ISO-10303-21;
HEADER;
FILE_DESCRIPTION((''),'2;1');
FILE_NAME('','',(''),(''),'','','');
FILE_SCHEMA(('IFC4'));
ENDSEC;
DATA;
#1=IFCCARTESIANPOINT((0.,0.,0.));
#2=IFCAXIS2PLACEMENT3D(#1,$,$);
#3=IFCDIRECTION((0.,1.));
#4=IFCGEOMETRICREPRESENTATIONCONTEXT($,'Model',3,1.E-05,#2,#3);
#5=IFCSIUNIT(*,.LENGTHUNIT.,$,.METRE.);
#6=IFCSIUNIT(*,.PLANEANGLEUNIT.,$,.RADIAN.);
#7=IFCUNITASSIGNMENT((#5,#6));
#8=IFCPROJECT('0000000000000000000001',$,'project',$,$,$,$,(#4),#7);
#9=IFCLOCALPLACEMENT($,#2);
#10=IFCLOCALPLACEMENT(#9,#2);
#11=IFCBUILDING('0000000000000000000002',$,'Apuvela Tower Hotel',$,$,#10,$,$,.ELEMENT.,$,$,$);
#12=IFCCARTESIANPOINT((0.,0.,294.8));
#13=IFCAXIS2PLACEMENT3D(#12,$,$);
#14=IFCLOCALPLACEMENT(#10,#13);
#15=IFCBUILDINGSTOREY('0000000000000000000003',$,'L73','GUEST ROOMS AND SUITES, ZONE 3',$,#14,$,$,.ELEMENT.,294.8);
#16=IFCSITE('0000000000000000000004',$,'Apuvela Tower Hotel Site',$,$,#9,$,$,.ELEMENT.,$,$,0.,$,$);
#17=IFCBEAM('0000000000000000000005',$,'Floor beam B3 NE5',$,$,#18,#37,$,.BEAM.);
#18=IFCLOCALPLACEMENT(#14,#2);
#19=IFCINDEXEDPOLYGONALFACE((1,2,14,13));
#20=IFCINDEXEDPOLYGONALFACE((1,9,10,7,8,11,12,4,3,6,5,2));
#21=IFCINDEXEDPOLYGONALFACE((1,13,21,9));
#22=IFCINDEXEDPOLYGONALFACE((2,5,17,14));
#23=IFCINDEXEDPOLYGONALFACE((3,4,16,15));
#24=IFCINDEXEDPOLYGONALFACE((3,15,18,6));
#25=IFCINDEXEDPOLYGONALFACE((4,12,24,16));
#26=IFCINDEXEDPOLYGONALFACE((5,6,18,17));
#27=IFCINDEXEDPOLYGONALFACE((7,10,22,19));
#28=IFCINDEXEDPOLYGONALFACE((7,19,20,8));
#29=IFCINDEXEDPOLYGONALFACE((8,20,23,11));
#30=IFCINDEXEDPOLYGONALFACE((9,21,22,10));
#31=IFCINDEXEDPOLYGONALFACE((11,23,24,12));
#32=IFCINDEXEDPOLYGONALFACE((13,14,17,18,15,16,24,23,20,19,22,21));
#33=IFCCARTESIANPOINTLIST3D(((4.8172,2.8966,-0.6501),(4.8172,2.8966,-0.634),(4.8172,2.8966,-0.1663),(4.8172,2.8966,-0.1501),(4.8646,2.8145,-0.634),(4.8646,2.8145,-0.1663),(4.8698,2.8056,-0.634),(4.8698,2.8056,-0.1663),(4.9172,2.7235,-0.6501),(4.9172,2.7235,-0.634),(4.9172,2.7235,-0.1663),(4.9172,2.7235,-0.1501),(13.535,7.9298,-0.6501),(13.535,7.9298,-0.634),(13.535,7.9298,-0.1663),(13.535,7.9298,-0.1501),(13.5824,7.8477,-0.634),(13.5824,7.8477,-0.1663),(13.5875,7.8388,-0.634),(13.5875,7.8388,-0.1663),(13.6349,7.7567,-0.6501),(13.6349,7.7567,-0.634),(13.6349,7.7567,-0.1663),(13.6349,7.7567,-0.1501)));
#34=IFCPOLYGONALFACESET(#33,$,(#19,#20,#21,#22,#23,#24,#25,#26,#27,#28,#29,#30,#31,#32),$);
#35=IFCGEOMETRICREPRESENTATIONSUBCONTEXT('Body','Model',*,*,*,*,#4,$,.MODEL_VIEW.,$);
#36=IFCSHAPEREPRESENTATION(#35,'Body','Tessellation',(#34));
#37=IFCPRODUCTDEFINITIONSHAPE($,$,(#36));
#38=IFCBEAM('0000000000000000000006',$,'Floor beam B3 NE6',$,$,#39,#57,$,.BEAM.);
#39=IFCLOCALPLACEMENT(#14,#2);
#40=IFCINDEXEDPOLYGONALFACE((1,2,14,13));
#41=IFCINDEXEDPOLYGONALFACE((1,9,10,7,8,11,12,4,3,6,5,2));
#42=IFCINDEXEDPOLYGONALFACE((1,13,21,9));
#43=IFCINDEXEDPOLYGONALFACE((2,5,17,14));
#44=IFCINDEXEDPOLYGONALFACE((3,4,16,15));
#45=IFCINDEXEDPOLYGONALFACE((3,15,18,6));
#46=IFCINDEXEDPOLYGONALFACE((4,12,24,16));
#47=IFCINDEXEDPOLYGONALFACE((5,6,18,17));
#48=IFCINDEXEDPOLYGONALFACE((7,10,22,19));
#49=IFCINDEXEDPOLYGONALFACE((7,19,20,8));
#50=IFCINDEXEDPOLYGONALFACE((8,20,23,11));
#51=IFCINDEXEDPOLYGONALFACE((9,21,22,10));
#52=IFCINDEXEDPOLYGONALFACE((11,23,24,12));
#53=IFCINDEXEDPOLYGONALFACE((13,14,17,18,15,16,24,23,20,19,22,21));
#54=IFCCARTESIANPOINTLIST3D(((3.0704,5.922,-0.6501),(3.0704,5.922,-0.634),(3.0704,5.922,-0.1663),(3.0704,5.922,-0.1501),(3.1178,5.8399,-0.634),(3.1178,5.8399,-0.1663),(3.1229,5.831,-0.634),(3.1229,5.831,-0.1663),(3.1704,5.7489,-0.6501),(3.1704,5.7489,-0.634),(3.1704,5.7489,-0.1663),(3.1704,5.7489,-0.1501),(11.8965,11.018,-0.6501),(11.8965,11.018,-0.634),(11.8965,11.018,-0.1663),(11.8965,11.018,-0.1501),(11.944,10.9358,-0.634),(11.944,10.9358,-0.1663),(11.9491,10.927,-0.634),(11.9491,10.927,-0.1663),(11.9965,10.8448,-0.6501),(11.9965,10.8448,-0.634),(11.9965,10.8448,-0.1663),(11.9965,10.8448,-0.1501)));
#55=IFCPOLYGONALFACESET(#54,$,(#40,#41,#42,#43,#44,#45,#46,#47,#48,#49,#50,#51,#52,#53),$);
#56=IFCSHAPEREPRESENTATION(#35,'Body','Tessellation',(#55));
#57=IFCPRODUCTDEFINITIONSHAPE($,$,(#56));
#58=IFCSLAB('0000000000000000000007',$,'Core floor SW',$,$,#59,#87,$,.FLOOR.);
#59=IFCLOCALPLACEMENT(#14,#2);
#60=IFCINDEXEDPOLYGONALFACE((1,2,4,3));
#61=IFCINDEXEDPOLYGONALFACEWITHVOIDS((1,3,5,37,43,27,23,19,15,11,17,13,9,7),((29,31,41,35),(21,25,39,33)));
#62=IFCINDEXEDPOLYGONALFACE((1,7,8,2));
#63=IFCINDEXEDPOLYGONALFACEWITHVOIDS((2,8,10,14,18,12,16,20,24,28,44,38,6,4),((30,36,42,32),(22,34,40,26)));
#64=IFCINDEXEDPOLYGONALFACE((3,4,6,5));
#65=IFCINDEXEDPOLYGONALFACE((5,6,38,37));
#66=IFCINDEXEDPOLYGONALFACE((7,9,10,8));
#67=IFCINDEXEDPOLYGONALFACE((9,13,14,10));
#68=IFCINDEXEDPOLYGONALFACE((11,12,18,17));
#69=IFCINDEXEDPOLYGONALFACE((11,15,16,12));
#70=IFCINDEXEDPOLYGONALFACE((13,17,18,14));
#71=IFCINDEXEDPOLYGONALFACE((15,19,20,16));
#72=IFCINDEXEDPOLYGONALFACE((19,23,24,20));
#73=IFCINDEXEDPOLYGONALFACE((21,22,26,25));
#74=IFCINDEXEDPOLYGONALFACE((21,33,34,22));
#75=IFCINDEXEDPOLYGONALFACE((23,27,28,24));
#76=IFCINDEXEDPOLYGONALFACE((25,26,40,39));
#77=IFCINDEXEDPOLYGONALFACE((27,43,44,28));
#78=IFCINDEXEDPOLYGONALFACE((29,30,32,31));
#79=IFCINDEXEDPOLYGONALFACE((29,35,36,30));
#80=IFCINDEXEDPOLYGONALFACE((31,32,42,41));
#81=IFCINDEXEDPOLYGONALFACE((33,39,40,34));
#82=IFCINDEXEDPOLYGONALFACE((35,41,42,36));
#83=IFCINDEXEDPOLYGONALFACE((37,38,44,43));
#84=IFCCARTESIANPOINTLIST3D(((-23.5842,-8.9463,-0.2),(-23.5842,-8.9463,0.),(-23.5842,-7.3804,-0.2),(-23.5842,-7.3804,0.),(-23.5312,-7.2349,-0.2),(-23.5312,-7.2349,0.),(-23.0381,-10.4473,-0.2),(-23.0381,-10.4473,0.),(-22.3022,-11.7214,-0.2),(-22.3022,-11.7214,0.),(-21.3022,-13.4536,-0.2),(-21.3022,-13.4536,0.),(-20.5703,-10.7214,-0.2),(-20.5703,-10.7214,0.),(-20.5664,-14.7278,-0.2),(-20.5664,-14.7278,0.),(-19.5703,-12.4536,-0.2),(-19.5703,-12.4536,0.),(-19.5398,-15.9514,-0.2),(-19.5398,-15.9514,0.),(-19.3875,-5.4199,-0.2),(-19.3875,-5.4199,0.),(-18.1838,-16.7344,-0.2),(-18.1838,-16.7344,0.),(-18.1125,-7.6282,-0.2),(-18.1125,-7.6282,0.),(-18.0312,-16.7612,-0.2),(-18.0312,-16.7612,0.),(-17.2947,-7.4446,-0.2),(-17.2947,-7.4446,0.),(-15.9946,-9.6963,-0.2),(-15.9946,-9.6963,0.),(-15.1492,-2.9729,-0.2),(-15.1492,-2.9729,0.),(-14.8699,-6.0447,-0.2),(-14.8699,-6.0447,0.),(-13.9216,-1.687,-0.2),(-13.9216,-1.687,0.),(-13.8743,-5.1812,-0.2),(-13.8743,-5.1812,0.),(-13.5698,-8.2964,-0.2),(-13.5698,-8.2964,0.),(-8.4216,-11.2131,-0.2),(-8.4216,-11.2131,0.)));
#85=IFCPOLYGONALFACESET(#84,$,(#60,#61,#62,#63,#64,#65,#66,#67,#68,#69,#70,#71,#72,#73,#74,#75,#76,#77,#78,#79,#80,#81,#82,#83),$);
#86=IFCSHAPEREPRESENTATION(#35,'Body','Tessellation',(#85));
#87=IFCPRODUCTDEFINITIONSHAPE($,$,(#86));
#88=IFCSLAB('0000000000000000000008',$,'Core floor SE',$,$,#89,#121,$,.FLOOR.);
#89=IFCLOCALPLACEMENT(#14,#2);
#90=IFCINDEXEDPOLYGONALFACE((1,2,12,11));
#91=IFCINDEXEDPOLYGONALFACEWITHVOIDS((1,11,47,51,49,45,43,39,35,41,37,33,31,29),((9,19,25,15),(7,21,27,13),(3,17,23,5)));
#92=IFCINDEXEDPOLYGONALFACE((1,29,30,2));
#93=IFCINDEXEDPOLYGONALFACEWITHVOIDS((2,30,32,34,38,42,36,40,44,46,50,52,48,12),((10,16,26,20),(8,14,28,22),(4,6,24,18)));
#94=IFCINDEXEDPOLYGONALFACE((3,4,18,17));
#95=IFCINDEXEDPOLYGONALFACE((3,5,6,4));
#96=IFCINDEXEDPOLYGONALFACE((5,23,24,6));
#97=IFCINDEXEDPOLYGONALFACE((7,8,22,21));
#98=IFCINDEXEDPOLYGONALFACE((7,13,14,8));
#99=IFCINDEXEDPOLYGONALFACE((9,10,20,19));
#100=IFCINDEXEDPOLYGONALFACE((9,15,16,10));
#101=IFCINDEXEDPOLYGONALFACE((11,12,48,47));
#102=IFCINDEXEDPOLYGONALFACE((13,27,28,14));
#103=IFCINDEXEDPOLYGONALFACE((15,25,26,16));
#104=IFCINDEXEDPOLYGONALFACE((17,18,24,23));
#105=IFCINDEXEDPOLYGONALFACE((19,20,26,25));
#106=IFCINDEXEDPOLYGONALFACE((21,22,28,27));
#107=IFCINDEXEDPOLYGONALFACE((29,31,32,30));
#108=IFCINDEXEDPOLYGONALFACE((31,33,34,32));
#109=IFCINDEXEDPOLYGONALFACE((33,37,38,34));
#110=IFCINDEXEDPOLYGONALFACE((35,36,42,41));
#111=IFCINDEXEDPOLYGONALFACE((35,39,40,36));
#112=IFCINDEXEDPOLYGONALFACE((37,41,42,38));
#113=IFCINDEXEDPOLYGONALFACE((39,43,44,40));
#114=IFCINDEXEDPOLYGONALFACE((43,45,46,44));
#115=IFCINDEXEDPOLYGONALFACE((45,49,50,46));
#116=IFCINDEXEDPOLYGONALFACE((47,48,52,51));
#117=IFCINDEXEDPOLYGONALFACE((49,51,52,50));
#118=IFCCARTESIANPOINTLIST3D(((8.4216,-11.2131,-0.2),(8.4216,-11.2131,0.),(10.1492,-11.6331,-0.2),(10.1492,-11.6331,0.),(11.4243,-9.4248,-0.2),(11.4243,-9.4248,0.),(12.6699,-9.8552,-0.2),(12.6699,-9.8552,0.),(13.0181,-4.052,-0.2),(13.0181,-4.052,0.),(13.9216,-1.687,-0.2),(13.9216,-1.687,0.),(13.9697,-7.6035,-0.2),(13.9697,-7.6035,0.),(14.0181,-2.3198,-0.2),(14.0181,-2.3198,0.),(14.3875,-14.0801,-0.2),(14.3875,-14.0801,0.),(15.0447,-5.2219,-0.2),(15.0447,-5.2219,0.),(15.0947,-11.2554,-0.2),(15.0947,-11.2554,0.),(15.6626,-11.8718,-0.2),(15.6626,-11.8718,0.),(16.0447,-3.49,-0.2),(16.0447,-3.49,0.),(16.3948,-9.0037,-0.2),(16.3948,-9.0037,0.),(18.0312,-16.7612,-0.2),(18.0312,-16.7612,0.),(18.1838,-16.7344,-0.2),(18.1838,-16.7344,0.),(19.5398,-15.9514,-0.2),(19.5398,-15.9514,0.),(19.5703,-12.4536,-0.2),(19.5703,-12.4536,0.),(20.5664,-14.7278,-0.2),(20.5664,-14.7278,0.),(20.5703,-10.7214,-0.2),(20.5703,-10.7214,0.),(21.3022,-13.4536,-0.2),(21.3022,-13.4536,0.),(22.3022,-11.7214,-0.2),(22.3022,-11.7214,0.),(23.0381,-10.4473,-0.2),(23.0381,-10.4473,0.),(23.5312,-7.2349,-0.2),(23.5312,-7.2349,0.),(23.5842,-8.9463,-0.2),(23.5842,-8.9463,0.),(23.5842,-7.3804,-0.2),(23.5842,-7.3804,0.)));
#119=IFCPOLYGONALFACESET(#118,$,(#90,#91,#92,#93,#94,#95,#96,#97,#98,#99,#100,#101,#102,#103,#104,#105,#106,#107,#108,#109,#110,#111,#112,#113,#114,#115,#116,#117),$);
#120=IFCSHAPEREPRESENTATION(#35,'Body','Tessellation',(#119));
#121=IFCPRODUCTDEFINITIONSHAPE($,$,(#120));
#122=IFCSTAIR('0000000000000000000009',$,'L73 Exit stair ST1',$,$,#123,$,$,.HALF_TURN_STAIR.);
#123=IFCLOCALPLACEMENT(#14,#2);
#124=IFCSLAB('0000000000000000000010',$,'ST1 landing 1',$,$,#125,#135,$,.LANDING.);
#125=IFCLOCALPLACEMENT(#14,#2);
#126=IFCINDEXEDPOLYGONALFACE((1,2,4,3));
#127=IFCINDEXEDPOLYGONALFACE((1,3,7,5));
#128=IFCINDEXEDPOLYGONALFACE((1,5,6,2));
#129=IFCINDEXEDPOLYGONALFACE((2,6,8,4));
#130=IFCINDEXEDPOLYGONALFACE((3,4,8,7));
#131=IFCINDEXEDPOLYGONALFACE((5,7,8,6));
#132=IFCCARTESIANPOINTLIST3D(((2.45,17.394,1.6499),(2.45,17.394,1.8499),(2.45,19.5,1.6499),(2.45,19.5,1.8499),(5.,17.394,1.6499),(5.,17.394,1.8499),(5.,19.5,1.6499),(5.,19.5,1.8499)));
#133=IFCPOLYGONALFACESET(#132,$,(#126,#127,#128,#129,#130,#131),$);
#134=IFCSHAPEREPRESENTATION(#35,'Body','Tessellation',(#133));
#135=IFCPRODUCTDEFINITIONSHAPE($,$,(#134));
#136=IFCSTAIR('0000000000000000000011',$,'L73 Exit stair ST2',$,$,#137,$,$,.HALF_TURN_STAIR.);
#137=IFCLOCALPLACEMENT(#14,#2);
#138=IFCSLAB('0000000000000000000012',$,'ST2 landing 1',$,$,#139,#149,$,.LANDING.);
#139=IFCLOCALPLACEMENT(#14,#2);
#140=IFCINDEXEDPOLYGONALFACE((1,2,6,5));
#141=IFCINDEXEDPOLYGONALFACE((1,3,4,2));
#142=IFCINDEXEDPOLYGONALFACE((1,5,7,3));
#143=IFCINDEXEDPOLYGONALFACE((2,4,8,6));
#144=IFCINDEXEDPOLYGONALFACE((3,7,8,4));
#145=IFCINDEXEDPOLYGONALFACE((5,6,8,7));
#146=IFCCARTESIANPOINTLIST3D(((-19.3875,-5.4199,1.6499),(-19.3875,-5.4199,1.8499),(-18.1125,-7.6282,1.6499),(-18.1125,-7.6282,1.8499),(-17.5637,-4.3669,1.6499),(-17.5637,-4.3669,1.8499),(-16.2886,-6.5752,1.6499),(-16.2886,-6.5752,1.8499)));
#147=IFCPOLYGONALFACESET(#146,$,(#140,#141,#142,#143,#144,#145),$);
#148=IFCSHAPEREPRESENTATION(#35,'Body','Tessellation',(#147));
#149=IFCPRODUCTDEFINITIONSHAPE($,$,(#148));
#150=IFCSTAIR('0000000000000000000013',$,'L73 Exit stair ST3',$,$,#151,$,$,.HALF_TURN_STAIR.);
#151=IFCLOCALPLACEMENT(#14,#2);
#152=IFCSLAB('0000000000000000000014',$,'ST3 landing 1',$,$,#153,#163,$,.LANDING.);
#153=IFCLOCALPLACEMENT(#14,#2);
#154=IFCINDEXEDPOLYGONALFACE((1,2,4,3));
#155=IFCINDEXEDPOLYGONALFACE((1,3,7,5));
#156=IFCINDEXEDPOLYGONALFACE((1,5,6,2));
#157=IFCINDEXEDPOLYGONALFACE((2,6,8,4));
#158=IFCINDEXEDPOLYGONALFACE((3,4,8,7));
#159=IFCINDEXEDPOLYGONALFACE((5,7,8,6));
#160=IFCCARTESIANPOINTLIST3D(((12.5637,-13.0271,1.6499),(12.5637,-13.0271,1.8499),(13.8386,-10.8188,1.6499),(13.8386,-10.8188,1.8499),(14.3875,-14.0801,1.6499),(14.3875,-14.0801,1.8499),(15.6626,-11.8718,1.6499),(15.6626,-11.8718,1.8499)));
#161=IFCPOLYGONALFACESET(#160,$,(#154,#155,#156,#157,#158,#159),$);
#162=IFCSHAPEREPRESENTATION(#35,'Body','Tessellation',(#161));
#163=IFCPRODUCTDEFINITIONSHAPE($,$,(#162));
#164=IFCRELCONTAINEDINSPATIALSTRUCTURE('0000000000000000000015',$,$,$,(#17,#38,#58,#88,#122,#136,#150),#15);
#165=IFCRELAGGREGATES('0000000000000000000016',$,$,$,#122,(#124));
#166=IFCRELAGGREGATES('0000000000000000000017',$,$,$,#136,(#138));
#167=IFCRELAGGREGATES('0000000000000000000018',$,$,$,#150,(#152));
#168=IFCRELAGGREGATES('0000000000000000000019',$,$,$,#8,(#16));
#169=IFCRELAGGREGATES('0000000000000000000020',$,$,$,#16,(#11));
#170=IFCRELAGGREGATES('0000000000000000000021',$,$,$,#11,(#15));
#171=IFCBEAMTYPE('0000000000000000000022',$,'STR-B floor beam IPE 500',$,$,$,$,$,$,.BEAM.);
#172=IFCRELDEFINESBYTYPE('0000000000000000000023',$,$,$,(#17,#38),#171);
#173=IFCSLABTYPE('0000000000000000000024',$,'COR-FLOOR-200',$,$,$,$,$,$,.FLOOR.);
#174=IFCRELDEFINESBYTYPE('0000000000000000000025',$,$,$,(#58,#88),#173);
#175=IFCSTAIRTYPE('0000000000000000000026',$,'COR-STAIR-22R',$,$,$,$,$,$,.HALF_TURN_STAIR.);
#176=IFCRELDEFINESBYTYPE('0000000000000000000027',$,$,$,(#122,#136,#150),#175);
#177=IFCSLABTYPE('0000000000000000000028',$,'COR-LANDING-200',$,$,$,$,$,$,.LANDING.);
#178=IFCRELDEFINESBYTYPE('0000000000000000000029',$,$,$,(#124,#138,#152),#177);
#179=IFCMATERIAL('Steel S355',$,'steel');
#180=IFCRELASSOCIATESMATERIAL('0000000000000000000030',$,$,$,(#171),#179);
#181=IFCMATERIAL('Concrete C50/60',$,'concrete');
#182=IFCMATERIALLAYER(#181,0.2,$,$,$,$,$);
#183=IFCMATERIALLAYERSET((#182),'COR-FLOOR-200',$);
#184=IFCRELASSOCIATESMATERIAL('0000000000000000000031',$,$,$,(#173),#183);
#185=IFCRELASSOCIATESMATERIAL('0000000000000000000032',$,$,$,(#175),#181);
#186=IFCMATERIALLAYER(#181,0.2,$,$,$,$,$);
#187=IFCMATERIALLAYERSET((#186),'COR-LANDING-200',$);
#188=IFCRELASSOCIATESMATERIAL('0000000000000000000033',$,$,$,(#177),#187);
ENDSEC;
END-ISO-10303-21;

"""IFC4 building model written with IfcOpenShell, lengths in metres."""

from ifc_helpers import new_model, si_unit, direction, frame, origin, origin_2d, place, context, subcontext, project, spatial, polyline, i_section, outline, extrude, material, layer, layer_set, material_profile, profile_set, type_object, element, aggregate, save


model = new_model("IFC4")

# Units and contexts
model_context = context("Model", 3, precision=1e-05, world=origin(), true_north=direction((0.0, 1.0)))
body_context = subcontext(model_context, "Body", "Model", "MODEL_VIEW")
ifc_project = project(units=[si_unit("LENGTHUNIT", "METRE"), si_unit("PLANEANGLEUNIT", "RADIAN")], contexts=[model_context])

# Site, building, storey
site_placement = place(None, origin())
site = spatial("IfcSite", under=ifc_project, at=site_placement, Name="Apuvela Tower Hotel Site", CompositionType="ELEMENT", RefElevation=0.0)
building_placement = place(site_placement, origin())
building = spatial("IfcBuilding", under=site, at=building_placement, Name="Apuvela Tower Hotel", CompositionType="ELEMENT")
storey_placement = place(building_placement, frame((0.0, 0.0, 294.8)))
storey = spatial("IfcBuildingStorey", under=building, at=storey_placement, Name="L73", Description="GUEST ROOMS AND SUITES, ZONE 3", CompositionType="ELEMENT", Elevation=294.8)

# Beams
ifc_material_1 = material(Name="Steel S355", Category="steel")
ifc_material_profile = material_profile(ifc_material_1, i_section(OverallWidth=0.2, OverallDepth=0.5, WebThickness=0.0103, FlangeThickness=0.0161, at=origin_2d()), Name="IPE 500")
ifc_profile_set = profile_set([ifc_material_profile], Name="Steel S355")
beam_type = type_object("IfcBeamType", Name="STR-B floor beam IPE 500", PredefinedType="BEAM", material=ifc_profile_set)
beam_1_placement = place(storey_placement, frame((13.585, 7.8433, -0.4001), z_axis=(-0.866026, -0.5, 0.0), x_axis=(0.5, -0.866026, 0.0)))
element("IfcBeam", 1, at=beam_1_placement, inside=storey, type_object=beam_type, Name="Floor beam B3 NE5", PredefinedType="BEAM", context=body_context, shape_type="SweptSolid", body=[
    extrude(i_section(OverallWidth=0.2, OverallDepth=0.5, WebThickness=0.0103, FlangeThickness=0.0161, at=origin_2d()), origin(), (0.0, 0.0, 1.0), 10.0664),
])
beam_2_placement = place(storey_placement, frame((11.9465, 10.9314, -0.4001), z_axis=(-0.866019, -0.500011, 0.0), x_axis=(0.500011, -0.866019, 0.0)))
element("IfcBeam", 2, at=beam_2_placement, inside=storey, type_object=beam_type, Name="Floor beam B3 NE6", PredefinedType="BEAM", context=body_context, shape_type="SweptSolid", body=[
    extrude(i_section(OverallWidth=0.2, OverallDepth=0.5, WebThickness=0.0103, FlangeThickness=0.0161, at=origin_2d()), origin(), (0.0, 0.0, 1.0), 10.1917),
])

# Slabs
ifc_material_2 = material(Name="Concrete C50/60", Category="concrete")
ifc_layer_1 = layer(ifc_material_2, 0.2)
ifc_layer_set_1 = layer_set([ifc_layer_1], Name="COR-FLOOR-200")
slab_type_1 = type_object("IfcSlabType", Name="COR-FLOOR-200", PredefinedType="FLOOR", material=ifc_layer_set_1)
slab_1_placement = place(storey_placement, frame((0.0, 0.0, -0.2)))
element("IfcSlab", 3, at=slab_1_placement, inside=storey, type_object=slab_type_1, Name="Core floor SW", PredefinedType="FLOOR", context=body_context, shape_type="SweptSolid", body=[
    extrude(outline(polyline([(-23.5312, -7.2349), (-23.5842, -7.3804), (-23.5842, -8.9463), (-23.0381, -10.4473), (-22.3022, -11.7214), (-20.5703, -10.7214), (-19.5703, -12.4536), (-21.3022, -13.4536), (-20.5664, -14.7278), (-19.5398, -15.9514), (-18.1838, -16.7344), (-18.0312, -16.7612), (-8.4216, -11.2131), (-13.9216, -1.687), (-23.5312, -7.2349)]), holes=[polyline([(-13.8743, -5.1812), (-18.1125, -7.6282), (-19.3875, -5.4199), (-15.1492, -2.9729), (-13.8743, -5.1812)]), polyline([(-13.5698, -8.2964), (-15.9946, -9.6963), (-17.2947, -7.4446), (-14.8699, -6.0447), (-13.5698, -8.2964)])]), origin(), (0.0, 0.0, 1.0), 0.2),
])
slab_2_placement = place(storey_placement, frame((0.0, 0.0, -0.2)))
element("IfcSlab", 4, at=slab_2_placement, inside=storey, type_object=slab_type_1, Name="Core floor SE", PredefinedType="FLOOR", context=body_context, shape_type="SweptSolid", body=[
    extrude(outline(polyline([(18.0312, -16.7612), (18.1838, -16.7344), (19.5398, -15.9514), (20.5664, -14.7278), (21.3022, -13.4536), (19.5703, -12.4536), (20.5703, -10.7214), (22.3022, -11.7214), (23.0381, -10.4473), (23.5842, -8.9463), (23.5842, -7.3804), (23.5312, -7.2349), (13.9216, -1.687), (8.4216, -11.2131), (18.0312, -16.7612)]), holes=[polyline([(14.0181, -2.3198), (16.0447, -3.49), (15.0447, -5.2219), (13.0181, -4.052), (14.0181, -2.3198)]), polyline([(10.1492, -11.6331), (11.4243, -9.4248), (15.6626, -11.8718), (14.3875, -14.0801), (10.1492, -11.6331)]), polyline([(12.6699, -9.8552), (13.9697, -7.6035), (16.3948, -9.0037), (15.0947, -11.2554), (12.6699, -9.8552)])]), origin(), (0.0, 0.0, 1.0), 0.2),
])

# Stairs, slabs
stair_type = type_object("IfcStairType", Name="COR-STAIR-22R", PredefinedType="HALF_TURN_STAIR", material=ifc_material_2)
stair_1_placement = place(storey_placement, origin())
stair_1 = element("IfcStair", 5, at=stair_1_placement, inside=storey, type_object=stair_type, Name="L73 Exit stair ST1", PredefinedType="HALF_TURN_STAIR")
ifc_layer_2 = layer(ifc_material_2, 0.2)
ifc_layer_set_2 = layer_set([ifc_layer_2], Name="COR-LANDING-200")
slab_type_2 = type_object("IfcSlabType", Name="COR-LANDING-200", PredefinedType="LANDING", material=ifc_layer_set_2)
slab_3_placement = place(storey_placement, frame((0.0, 0.0, 1.6499)))
slab_3 = element("IfcSlab", 6, at=slab_3_placement, type_object=slab_type_2, Name="ST1 landing 1", PredefinedType="LANDING", context=body_context, shape_type="SweptSolid", body=[
    extrude(outline(polyline([(5.0, 17.394), (5.0, 19.5), (2.45, 19.5), (2.45, 17.394), (5.0, 17.394)])), origin(), (0.0, 0.0, 1.0), 0.2),
])
aggregate(stair_1, [slab_3])
stair_2_placement = place(storey_placement, origin())
stair_2 = element("IfcStair", 7, at=stair_2_placement, inside=storey, type_object=stair_type, Name="L73 Exit stair ST2", PredefinedType="HALF_TURN_STAIR")
slab_4_placement = place(storey_placement, frame((0.0, 0.0, 1.6499)))
slab_4 = element("IfcSlab", 8, at=slab_4_placement, type_object=slab_type_2, Name="ST2 landing 1", PredefinedType="LANDING", context=body_context, shape_type="SweptSolid", body=[
    extrude(outline(polyline([(-17.5637, -4.3669), (-19.3875, -5.4199), (-18.1125, -7.6282), (-16.2886, -6.5752), (-17.5637, -4.3669)])), origin(), (0.0, 0.0, 1.0), 0.2),
])
aggregate(stair_2, [slab_4])
stair_3_placement = place(storey_placement, origin())
stair_3 = element("IfcStair", 9, at=stair_3_placement, inside=storey, type_object=stair_type, Name="L73 Exit stair ST3", PredefinedType="HALF_TURN_STAIR")
slab_5_placement = place(storey_placement, frame((0.0, 0.0, 1.6499)))
slab_5 = element("IfcSlab", 10, at=slab_5_placement, type_object=slab_type_2, Name="ST3 landing 1", PredefinedType="LANDING", context=body_context, shape_type="SweptSolid", body=[
    extrude(outline(polyline([(12.5637, -13.0271), (14.3875, -14.0801), (15.6626, -11.8718), (13.8386, -10.8188), (12.5637, -13.0271)])), origin(), (0.0, 0.0, 1.0), 0.2),
])
aggregate(stair_3, [slab_5])

save(model, "model.ifc")
